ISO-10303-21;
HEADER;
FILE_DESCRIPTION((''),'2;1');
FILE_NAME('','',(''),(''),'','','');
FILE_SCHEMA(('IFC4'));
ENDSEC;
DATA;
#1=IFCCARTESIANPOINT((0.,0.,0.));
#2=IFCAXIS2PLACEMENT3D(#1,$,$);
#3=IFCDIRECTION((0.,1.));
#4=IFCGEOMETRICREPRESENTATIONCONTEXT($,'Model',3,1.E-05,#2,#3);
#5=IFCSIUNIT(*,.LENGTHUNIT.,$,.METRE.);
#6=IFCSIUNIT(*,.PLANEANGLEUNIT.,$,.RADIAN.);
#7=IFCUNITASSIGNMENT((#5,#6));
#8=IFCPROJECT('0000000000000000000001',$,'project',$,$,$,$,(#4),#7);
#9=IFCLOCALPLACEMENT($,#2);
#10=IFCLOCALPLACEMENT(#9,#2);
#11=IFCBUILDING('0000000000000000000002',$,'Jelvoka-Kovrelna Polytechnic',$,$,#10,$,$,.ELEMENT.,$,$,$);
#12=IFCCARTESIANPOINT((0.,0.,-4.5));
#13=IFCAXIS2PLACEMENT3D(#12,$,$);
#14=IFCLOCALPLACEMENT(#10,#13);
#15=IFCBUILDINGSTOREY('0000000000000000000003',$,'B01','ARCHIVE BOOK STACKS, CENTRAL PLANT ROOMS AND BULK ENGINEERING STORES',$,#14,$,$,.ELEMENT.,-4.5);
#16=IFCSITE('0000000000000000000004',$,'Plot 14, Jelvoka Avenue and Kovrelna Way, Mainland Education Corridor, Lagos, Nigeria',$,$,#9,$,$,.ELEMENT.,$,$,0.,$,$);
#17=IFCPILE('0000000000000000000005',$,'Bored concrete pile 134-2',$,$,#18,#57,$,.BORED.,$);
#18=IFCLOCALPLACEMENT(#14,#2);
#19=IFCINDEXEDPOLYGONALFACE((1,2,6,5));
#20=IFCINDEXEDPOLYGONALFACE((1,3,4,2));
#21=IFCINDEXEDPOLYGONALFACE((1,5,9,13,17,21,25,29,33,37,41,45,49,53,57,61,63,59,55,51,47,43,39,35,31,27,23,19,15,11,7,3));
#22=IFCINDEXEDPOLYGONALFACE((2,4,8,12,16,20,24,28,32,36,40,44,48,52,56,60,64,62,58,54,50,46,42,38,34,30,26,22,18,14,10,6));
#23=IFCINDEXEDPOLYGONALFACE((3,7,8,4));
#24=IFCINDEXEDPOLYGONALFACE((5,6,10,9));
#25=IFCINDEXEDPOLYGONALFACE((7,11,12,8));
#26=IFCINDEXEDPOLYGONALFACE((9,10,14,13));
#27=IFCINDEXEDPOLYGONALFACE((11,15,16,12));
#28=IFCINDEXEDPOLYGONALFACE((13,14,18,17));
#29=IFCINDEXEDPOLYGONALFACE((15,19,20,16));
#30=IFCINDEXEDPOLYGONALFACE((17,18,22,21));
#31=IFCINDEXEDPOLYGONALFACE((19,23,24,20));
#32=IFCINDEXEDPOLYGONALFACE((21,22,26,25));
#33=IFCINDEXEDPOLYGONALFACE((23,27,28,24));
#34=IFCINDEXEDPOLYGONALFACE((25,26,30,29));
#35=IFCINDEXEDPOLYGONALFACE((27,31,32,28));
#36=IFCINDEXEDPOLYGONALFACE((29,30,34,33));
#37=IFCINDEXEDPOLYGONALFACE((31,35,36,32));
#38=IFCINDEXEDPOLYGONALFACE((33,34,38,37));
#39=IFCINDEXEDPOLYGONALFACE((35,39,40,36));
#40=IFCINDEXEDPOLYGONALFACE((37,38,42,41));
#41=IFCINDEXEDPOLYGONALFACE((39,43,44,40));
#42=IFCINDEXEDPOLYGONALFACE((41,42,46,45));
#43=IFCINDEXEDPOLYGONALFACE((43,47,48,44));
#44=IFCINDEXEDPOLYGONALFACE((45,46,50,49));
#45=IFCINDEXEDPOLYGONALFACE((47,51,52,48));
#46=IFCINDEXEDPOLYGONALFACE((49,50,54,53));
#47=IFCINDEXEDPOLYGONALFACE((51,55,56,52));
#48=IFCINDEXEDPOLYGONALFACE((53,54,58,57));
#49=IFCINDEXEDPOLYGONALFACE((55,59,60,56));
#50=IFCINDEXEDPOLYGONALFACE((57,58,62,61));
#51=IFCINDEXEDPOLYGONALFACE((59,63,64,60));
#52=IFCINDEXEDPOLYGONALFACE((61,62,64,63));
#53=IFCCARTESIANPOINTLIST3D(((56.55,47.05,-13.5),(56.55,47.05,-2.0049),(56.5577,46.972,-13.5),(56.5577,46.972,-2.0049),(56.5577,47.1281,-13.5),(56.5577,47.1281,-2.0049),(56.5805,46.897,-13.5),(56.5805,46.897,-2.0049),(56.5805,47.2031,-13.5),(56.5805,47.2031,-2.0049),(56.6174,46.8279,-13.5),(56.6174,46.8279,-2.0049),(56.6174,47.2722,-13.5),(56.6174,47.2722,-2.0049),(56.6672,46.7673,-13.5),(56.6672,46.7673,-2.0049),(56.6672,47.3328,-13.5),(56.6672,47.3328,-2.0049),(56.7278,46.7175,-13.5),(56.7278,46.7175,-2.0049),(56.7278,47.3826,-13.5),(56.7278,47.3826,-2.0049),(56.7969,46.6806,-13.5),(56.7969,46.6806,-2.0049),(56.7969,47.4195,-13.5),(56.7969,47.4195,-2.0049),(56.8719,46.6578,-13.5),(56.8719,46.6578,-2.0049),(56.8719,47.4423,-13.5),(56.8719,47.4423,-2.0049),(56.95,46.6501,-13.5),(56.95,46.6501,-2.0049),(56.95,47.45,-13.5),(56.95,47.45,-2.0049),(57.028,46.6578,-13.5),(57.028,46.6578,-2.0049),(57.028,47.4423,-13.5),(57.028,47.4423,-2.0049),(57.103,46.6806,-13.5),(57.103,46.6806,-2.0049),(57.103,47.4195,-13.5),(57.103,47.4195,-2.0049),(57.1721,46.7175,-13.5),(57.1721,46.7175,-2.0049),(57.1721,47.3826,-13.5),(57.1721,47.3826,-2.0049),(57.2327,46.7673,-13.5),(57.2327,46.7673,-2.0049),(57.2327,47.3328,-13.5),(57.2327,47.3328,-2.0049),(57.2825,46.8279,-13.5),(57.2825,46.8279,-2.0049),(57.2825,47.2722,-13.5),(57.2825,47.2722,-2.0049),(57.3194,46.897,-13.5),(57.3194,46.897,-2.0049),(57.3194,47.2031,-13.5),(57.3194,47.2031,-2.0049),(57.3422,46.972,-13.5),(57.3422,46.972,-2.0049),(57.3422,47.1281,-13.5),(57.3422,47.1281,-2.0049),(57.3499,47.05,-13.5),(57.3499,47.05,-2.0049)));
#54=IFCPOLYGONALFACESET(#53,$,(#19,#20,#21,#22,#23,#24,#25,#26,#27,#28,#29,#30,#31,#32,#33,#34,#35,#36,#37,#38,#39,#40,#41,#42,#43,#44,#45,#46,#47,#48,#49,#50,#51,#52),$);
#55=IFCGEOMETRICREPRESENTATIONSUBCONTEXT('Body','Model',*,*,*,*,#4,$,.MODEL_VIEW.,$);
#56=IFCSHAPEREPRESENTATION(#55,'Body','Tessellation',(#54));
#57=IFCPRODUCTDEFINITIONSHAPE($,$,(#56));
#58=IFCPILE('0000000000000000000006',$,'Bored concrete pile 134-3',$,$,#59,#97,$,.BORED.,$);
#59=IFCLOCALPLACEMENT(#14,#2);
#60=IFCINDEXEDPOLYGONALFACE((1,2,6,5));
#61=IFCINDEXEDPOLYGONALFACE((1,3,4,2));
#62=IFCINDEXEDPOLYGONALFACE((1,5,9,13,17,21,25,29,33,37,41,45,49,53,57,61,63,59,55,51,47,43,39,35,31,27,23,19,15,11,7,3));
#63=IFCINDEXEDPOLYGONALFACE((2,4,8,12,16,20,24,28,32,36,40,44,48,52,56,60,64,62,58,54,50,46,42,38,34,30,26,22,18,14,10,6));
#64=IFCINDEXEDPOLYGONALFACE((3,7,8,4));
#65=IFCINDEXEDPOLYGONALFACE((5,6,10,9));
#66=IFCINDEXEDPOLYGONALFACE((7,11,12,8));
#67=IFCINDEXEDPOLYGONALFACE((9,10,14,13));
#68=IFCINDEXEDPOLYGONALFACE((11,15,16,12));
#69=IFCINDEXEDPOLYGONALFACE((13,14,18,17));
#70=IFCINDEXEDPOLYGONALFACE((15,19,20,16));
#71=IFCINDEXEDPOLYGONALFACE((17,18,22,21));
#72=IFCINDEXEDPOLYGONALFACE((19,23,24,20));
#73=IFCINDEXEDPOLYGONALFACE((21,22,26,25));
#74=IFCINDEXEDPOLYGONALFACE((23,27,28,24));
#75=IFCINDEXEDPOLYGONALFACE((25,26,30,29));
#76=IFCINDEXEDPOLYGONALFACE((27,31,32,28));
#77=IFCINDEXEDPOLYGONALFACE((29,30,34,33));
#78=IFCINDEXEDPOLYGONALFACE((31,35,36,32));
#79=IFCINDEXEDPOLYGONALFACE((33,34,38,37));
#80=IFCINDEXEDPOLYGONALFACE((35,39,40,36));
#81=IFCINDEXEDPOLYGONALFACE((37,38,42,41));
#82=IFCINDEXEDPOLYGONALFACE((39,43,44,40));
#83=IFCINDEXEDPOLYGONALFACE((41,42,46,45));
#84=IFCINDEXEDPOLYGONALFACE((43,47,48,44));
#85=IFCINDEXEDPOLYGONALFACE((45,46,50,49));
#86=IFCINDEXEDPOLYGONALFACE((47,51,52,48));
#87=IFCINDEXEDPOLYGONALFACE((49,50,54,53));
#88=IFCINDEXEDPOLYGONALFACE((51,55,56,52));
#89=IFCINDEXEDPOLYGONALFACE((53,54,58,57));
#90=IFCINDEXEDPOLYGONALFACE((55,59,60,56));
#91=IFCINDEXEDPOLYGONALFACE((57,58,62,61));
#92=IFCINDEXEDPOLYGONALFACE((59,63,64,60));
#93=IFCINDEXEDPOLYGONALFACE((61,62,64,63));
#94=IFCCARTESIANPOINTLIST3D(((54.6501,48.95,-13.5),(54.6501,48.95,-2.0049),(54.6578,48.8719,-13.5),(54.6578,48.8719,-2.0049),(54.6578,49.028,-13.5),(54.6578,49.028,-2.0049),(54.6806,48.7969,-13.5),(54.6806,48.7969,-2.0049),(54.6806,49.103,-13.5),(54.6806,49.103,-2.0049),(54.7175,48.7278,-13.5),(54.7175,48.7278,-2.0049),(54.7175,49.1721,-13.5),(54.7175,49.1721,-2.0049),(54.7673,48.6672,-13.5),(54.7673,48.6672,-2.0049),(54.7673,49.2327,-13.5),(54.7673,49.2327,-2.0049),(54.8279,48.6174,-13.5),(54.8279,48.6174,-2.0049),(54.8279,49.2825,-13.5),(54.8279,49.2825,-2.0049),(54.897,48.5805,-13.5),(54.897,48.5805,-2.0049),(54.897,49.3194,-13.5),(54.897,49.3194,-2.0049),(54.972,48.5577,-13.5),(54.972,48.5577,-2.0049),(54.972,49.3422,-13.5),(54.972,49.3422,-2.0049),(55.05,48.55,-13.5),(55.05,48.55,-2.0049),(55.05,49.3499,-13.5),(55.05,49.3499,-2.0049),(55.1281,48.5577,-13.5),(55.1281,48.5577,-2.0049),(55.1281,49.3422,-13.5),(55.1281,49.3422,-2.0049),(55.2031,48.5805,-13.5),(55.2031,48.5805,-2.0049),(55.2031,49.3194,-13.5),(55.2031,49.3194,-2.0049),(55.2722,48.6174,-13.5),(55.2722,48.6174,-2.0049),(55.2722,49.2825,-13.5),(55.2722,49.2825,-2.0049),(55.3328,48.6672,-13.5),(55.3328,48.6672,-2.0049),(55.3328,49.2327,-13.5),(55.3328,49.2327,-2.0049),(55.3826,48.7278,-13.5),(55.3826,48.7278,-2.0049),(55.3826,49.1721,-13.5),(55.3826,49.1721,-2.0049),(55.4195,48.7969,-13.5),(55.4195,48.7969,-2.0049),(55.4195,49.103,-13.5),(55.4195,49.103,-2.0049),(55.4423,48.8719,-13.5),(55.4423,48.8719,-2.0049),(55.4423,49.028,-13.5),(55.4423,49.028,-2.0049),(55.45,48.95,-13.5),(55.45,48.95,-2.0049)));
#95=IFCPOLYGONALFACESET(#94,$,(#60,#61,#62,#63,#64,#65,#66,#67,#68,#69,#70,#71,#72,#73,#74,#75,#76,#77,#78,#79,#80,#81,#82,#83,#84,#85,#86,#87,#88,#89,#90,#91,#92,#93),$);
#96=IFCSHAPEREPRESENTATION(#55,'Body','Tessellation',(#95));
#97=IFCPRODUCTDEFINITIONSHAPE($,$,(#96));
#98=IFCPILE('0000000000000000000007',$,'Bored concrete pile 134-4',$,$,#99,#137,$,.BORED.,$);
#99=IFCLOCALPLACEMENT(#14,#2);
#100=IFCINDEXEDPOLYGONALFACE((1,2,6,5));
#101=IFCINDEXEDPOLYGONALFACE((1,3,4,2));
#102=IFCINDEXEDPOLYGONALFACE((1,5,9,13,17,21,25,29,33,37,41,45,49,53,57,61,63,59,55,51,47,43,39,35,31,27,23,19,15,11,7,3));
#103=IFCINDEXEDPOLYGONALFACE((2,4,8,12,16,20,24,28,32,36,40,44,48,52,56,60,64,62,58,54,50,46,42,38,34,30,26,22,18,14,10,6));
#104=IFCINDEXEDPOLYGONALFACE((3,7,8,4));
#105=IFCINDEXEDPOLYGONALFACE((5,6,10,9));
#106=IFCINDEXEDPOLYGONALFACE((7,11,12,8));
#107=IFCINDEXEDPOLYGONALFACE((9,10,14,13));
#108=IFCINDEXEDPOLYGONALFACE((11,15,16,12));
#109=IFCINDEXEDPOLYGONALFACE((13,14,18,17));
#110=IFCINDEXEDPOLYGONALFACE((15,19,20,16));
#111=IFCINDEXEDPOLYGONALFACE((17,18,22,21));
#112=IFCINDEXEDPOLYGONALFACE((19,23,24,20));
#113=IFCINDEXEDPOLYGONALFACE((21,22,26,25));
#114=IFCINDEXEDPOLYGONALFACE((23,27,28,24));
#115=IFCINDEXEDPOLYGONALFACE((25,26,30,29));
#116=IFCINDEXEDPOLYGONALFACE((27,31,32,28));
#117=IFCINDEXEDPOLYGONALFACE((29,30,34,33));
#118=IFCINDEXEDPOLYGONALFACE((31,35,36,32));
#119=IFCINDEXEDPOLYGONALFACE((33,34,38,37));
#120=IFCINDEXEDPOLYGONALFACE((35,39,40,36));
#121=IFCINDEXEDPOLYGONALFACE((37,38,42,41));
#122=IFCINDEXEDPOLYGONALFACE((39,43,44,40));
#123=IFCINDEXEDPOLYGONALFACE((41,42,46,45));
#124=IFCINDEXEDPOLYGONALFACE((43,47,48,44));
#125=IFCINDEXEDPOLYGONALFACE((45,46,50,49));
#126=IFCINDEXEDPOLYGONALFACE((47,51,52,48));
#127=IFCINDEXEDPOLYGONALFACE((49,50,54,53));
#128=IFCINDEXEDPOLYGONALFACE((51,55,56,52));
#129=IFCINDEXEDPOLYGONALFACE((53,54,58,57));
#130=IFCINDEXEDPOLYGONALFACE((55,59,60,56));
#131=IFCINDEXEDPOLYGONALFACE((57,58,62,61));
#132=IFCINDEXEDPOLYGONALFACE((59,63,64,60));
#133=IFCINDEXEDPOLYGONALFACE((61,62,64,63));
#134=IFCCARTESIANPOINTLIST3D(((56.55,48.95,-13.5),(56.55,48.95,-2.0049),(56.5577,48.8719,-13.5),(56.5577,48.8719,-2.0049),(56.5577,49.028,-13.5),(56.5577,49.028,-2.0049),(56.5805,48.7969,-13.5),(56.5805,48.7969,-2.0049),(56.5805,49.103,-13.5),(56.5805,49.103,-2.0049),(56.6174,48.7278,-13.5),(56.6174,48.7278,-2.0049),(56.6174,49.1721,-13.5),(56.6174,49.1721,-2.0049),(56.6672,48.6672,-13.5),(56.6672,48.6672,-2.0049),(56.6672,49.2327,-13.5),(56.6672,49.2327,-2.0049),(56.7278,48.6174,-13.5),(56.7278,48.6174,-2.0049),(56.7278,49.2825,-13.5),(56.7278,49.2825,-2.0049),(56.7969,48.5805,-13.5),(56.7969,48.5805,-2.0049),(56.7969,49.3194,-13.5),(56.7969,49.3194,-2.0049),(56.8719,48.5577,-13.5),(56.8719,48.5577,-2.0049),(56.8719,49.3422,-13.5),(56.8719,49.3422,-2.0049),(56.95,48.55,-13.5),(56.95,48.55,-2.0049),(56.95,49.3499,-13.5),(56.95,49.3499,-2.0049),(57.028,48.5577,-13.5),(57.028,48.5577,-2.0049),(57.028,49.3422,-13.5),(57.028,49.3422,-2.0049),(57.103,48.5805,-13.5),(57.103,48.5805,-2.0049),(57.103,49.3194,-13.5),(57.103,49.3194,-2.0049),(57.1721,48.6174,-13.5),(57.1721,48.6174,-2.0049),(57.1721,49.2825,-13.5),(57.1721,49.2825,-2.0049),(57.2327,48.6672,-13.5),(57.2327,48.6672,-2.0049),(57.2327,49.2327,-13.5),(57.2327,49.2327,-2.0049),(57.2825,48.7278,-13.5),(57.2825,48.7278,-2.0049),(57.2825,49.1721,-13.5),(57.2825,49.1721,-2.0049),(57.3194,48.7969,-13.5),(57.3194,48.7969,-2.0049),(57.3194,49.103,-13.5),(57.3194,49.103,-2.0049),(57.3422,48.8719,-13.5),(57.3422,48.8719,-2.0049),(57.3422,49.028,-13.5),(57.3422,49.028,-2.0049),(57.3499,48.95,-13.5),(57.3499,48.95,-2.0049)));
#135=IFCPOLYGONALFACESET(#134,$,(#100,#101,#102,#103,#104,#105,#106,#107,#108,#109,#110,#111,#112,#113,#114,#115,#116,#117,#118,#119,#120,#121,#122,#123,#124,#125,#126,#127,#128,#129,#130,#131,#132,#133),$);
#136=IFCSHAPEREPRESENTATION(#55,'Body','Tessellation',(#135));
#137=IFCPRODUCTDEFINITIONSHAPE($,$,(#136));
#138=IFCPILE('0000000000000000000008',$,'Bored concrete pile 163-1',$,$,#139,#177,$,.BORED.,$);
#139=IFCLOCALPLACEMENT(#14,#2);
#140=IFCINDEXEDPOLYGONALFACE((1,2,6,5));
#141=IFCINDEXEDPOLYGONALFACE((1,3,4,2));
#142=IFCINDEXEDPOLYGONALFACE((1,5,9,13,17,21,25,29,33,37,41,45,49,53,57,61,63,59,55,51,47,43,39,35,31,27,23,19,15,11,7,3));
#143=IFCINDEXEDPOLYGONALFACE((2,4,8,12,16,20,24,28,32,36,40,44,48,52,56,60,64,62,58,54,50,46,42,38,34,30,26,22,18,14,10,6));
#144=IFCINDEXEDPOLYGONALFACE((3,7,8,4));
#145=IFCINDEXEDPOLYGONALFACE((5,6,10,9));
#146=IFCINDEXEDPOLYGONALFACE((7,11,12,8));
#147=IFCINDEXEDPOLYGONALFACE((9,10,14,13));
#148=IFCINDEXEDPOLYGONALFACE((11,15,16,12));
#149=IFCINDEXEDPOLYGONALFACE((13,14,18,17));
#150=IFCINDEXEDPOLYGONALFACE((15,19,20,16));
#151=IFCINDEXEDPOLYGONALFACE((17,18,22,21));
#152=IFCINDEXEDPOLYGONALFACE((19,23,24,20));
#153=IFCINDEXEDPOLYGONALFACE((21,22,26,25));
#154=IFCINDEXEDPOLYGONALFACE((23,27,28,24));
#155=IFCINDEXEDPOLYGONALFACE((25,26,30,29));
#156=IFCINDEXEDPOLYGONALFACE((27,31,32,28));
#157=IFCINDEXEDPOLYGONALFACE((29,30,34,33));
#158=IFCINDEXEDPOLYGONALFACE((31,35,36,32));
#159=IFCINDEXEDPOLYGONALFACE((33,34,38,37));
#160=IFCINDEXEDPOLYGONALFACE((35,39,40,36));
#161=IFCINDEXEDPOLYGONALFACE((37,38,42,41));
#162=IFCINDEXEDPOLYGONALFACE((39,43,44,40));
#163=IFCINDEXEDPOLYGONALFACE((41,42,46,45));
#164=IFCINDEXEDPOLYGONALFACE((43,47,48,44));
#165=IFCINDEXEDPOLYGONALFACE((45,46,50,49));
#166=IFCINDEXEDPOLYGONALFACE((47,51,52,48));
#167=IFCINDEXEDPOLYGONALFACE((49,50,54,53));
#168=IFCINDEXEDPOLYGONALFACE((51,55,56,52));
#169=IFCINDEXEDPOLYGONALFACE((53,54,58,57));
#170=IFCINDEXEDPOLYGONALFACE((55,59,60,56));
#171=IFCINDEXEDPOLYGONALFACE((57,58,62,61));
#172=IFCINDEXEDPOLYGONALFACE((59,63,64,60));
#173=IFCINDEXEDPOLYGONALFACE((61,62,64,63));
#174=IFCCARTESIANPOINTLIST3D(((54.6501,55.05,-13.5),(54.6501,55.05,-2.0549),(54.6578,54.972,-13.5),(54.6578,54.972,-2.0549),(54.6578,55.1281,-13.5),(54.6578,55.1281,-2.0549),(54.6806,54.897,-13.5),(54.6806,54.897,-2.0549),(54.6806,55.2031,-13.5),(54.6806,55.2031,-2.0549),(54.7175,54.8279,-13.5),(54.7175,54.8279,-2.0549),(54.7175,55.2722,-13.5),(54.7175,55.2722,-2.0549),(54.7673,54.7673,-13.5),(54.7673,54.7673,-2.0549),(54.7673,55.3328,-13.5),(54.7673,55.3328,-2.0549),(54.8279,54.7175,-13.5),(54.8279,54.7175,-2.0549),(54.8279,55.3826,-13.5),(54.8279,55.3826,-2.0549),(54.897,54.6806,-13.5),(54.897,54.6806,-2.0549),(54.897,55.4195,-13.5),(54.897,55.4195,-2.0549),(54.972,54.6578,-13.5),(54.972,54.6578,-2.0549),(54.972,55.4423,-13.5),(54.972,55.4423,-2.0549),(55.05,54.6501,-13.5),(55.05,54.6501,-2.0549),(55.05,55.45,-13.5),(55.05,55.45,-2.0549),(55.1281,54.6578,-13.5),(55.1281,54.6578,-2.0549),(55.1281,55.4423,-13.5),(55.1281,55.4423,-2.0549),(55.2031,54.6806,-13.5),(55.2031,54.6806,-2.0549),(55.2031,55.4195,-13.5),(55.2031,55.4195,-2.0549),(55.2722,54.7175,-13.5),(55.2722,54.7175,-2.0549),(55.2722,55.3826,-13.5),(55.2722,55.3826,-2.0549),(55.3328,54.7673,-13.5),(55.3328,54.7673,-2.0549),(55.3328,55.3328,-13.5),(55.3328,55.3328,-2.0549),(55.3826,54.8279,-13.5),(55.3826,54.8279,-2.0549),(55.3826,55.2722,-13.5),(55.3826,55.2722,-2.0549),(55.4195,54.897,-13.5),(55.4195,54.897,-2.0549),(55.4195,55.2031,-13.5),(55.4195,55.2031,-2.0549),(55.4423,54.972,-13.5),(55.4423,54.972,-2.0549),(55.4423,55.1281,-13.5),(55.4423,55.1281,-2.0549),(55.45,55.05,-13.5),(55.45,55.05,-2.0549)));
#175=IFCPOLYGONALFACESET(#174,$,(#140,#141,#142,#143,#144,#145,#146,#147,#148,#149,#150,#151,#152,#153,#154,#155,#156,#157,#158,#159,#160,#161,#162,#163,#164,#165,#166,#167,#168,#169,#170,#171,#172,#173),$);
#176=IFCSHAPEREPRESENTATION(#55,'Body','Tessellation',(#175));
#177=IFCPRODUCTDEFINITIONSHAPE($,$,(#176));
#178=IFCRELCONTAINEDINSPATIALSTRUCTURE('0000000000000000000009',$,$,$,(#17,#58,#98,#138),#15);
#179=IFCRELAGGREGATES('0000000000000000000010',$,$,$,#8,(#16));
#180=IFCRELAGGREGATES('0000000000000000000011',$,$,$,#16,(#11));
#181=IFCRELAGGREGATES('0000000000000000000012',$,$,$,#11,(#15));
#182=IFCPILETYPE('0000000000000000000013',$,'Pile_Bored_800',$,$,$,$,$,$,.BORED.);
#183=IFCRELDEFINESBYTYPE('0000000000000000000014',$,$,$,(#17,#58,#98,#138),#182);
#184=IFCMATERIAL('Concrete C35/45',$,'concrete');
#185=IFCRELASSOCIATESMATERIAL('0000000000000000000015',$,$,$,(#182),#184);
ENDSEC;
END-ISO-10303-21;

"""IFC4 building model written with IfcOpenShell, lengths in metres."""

from ifc_helpers import new_model, si_unit, direction, frame, origin, origin_2d, place, context, subcontext, project, spatial, circle, extrude, material, material_profile, profile_set, type_object, element, save


model = new_model("IFC4")

# Units and contexts
model_context = context("Model", 3, precision=1e-05, world=origin(), true_north=direction((0.0, 1.0)))
body_context = subcontext(model_context, "Body", "Model", "MODEL_VIEW")
ifc_project = project(units=[si_unit("LENGTHUNIT", "METRE"), si_unit("PLANEANGLEUNIT", "RADIAN")], contexts=[model_context])

# Site, building, storey
site_placement = place(None, origin())
site = spatial("IfcSite", under=ifc_project, at=site_placement, Name="Plot 14, Jelvoka Avenue and Kovrelna Way, Mainland Education Corridor, Lagos, Nigeria", CompositionType="ELEMENT", RefElevation=0.0)
building_placement = place(site_placement, origin())
building = spatial("IfcBuilding", under=site, at=building_placement, Name="Jelvoka-Kovrelna Polytechnic", CompositionType="ELEMENT")
storey_placement = place(building_placement, frame((0.0, 0.0, -4.5)))
storey = spatial("IfcBuildingStorey", under=building, at=storey_placement, Name="B01", Description="ARCHIVE BOOK STACKS, CENTRAL PLANT ROOMS AND BULK ENGINEERING STORES", CompositionType="ELEMENT", Elevation=-4.5)

# Piles
ifc_material_1 = material(Name="Concrete C35/45", Category="concrete")
ifc_material_profile_1 = material_profile(ifc_material_1, circle(Radius=0.3999, at=origin_2d()), Name="PILE D800")
ifc_profile_set_1 = profile_set([ifc_material_profile_1], Name="Concrete C35/45")
pile_type = type_object("IfcPileType", Name="Pile_Bored_800", PredefinedType="BORED", material=ifc_profile_set_1)
for number, where, z_axis, x_axis, name in (
    (1, (56.95, 47.05, -2.0049), (0.0, 0.0, -1.0), (1.0, 0.0, 0.0), "Bored concrete pile 134-2"),
    (2, (55.05, 48.95, -2.0049), (0.0, 0.0, -1.0), (1.0, 0.0, 0.0), "Bored concrete pile 134-3"),
    (3, (56.95, 48.95, -2.0049), (0.0, 0.0, -1.0), (1.0, 0.0, 0.0), "Bored concrete pile 134-4"),
):
    element("IfcPile", number, at=place(storey_placement, frame(where, z_axis=z_axis, x_axis=x_axis)), inside=storey, type_object=pile_type, Name=name, PredefinedType="BORED", context=body_context, shape_type="SweptSolid", body=[
        extrude(circle(Radius=0.3999, at=origin_2d()), origin(), (0.0, 0.0, 1.0), 11.4951),
    ])
for number, where, z_axis, x_axis, name in (
    (4, (55.05, 55.05, -2.0549), (0.0, 0.0, -1.0), (1.0, 0.0, 0.0), "Bored concrete pile 163-1"),
):
    element("IfcPile", number, at=place(storey_placement, frame(where, z_axis=z_axis, x_axis=x_axis)), inside=storey, type_object=pile_type, Name=name, PredefinedType="BORED", context=body_context, shape_type="SweptSolid", body=[
        extrude(circle(Radius=0.3999, at=origin_2d()), origin(), (0.0, 0.0, 1.0), 11.4451),
    ])

save(model, "model.ifc")
